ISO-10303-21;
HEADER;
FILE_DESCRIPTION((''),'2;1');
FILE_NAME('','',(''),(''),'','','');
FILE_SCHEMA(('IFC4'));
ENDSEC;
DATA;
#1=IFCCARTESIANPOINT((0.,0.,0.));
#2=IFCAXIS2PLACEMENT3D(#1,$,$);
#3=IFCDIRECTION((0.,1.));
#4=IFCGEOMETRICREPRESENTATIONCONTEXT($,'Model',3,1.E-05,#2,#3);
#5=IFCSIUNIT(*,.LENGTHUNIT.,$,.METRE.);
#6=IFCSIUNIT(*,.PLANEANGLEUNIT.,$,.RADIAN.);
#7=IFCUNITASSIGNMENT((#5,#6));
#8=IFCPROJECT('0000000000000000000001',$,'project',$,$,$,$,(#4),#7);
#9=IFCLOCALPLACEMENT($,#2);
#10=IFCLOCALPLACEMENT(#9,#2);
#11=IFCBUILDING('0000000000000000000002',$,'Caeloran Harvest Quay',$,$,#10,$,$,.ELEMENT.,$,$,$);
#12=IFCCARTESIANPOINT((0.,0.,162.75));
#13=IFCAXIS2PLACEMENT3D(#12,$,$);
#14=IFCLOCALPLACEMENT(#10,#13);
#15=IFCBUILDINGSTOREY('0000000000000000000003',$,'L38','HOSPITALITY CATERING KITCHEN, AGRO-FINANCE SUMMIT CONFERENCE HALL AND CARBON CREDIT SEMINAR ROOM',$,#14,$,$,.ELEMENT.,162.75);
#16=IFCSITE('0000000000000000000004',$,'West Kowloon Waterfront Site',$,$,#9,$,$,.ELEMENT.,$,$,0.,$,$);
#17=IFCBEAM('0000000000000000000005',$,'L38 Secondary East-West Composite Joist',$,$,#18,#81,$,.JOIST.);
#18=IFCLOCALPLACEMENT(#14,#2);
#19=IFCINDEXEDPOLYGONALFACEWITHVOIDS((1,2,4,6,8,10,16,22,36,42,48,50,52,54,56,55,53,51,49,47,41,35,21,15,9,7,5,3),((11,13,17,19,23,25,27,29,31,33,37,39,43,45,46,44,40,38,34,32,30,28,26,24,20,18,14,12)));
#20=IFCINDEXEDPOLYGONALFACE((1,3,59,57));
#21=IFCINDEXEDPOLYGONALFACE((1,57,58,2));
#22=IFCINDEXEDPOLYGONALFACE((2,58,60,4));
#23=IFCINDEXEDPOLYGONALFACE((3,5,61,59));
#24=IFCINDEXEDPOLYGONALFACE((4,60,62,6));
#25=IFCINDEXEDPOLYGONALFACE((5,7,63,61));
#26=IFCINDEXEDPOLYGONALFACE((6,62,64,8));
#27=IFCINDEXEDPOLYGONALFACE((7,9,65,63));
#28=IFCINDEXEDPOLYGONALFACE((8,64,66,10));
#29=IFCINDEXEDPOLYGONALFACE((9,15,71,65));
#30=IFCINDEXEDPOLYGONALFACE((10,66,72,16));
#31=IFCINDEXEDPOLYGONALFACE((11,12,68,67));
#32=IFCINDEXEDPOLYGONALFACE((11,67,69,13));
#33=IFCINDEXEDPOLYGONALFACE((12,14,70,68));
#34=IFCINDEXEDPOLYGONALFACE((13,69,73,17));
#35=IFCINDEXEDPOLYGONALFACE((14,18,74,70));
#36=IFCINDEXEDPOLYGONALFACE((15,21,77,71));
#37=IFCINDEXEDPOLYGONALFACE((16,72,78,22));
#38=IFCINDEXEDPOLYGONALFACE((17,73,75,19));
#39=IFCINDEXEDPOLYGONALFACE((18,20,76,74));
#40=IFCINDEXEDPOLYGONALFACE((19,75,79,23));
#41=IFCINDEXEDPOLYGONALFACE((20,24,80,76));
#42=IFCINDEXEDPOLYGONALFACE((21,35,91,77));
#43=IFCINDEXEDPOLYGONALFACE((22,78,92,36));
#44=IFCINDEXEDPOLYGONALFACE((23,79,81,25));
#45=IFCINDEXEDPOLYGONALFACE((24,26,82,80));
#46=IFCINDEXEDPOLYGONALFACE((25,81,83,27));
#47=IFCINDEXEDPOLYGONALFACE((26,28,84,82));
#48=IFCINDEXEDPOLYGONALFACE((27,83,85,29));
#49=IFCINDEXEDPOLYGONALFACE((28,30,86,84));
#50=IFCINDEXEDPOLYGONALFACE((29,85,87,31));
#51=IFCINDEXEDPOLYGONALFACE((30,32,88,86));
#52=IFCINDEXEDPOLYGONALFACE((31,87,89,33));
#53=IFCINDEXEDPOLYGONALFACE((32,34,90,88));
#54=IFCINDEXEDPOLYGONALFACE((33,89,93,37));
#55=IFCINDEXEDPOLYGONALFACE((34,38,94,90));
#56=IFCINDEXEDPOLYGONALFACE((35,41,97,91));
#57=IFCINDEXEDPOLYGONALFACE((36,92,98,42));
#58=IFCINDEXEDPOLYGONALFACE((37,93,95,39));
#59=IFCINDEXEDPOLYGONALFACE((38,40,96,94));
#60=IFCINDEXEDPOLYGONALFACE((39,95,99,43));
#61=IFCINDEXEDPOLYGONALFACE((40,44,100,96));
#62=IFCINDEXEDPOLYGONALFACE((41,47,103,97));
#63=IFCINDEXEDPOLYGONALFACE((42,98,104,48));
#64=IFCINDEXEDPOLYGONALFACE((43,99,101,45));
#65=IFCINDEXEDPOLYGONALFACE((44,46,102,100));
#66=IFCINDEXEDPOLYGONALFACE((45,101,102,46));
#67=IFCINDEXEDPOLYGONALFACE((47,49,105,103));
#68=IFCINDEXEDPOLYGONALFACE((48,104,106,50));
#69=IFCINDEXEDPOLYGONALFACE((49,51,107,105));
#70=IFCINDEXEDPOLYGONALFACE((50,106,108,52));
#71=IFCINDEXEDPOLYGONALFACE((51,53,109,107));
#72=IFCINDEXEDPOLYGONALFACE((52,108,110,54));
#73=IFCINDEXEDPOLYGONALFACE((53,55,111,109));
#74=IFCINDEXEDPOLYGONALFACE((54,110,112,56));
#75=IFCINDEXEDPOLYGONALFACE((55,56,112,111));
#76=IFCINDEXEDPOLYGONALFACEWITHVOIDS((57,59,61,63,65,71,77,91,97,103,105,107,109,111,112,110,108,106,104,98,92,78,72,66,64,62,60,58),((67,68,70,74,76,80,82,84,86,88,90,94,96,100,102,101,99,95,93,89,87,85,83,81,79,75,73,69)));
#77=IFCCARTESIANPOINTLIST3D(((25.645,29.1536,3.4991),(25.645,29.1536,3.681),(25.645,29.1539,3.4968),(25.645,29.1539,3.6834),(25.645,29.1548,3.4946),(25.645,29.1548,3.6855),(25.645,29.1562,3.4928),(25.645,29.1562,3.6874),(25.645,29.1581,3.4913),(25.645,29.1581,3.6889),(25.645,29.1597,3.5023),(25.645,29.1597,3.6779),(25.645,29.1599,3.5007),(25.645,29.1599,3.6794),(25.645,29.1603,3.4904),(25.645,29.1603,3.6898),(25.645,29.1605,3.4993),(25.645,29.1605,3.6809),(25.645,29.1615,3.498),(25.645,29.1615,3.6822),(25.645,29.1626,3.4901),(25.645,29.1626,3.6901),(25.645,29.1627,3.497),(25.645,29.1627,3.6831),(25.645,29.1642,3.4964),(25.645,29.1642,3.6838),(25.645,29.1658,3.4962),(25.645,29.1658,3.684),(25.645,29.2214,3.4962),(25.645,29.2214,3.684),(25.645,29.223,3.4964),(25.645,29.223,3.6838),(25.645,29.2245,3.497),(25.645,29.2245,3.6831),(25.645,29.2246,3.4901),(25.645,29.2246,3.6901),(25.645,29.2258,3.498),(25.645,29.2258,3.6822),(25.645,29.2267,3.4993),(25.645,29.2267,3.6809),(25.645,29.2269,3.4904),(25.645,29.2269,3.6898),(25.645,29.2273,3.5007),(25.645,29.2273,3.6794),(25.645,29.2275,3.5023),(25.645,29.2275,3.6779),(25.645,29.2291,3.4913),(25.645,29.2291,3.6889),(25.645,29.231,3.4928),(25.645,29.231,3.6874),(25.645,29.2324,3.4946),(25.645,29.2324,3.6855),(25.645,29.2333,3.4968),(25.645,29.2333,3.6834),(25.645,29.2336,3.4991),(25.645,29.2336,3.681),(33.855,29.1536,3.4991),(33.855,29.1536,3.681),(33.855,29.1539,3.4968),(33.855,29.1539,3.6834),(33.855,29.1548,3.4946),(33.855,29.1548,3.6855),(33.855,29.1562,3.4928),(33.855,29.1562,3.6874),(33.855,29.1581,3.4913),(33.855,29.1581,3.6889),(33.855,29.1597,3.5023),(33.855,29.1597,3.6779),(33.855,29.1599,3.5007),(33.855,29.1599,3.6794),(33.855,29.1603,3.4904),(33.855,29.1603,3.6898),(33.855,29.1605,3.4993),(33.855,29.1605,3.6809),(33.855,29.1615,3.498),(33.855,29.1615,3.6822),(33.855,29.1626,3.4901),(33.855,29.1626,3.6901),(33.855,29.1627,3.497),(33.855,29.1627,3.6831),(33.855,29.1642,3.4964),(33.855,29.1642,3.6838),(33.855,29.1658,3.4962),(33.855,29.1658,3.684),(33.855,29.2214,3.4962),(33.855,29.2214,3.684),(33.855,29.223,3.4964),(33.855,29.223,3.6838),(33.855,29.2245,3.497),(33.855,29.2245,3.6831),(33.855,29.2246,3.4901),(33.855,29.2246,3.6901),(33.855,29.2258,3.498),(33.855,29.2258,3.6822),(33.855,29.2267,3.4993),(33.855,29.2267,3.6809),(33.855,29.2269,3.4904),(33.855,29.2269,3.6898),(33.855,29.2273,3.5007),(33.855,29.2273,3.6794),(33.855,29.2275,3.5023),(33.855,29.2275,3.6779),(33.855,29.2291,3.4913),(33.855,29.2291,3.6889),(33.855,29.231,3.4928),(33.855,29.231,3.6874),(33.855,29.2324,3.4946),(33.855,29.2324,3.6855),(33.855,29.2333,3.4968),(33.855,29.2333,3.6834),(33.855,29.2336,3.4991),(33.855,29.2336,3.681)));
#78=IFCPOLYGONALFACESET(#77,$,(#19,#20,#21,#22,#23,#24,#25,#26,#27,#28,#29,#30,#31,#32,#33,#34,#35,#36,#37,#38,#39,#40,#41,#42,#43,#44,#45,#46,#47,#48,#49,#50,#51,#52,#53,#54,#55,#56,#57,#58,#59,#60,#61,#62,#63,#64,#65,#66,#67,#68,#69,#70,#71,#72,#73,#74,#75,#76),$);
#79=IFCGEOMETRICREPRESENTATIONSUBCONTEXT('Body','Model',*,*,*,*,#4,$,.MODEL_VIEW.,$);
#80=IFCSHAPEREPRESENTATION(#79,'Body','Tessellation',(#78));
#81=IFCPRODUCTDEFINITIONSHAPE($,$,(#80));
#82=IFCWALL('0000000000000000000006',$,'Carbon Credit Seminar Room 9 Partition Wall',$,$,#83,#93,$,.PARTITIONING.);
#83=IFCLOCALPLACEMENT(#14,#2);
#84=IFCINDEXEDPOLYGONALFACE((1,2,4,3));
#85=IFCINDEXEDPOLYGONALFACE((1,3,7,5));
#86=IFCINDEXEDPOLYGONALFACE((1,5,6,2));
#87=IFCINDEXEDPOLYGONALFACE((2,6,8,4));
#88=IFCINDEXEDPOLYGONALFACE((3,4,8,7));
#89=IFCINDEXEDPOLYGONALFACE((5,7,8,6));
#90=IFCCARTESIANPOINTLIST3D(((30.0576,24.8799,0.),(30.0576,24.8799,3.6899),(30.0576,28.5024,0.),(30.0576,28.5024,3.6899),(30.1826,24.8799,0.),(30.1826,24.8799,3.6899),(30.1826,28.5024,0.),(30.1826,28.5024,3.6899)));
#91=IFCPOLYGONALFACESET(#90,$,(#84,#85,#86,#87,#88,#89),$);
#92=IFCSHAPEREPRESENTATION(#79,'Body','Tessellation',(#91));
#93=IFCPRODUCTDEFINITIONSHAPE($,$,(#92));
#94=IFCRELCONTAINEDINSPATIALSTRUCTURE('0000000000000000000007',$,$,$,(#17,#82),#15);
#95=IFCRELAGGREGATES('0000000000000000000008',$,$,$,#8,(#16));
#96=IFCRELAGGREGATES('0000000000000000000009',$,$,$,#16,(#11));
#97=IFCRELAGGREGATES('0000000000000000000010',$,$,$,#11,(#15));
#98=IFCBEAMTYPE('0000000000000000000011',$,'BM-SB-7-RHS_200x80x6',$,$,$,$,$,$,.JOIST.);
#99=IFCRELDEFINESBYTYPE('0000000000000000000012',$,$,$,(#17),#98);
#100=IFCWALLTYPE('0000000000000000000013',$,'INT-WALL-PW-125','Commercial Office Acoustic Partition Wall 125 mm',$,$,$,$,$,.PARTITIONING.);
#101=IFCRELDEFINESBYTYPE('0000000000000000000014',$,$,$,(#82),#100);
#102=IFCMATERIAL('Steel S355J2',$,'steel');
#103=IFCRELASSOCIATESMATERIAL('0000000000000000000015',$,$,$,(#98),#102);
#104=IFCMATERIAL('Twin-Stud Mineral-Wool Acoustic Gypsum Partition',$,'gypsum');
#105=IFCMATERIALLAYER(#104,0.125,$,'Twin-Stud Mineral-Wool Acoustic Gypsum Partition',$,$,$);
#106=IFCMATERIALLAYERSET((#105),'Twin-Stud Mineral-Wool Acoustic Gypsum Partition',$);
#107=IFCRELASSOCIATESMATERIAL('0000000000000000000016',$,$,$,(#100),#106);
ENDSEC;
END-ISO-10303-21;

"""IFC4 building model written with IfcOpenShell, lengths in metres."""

from ifc_helpers import new_model, si_unit, direction, frame, frame_2d, origin, origin_2d, place, context, subcontext, project, spatial, rectangle, hollow_rectangle, extrude, material, layer, layer_set, material_profile, profile_set, type_object, element, save


model = new_model("IFC4")

# Units and contexts
model_context = context("Model", 3, precision=1e-05, world=origin(), true_north=direction((0.0, 1.0)))
body_context = subcontext(model_context, "Body", "Model", "MODEL_VIEW")
ifc_project = project(units=[si_unit("LENGTHUNIT", "METRE"), si_unit("PLANEANGLEUNIT", "RADIAN")], contexts=[model_context])

# Site, building, storey
site_placement = place(None, origin())
site = spatial("IfcSite", under=ifc_project, at=site_placement, Name="West Kowloon Waterfront Site", CompositionType="ELEMENT", RefElevation=0.0)
building_placement = place(site_placement, origin())
building = spatial("IfcBuilding", under=site, at=building_placement, Name="Caeloran Harvest Quay", CompositionType="ELEMENT")
storey_placement = place(building_placement, frame((0.0, 0.0, 162.75)))
storey = spatial("IfcBuildingStorey", under=building, at=storey_placement, Name="L38", Description="HOSPITALITY CATERING KITCHEN, AGRO-FINANCE SUMMIT CONFERENCE HALL AND CARBON CREDIT SEMINAR ROOM", CompositionType="ELEMENT", Elevation=162.75)

# Beam
ifc_material_1 = material(Name="Steel S355J2", Category="steel")
ifc_material_profile_1 = material_profile(ifc_material_1, hollow_rectangle(XDim=0.0801, YDim=0.2, WallThickness=0.0061, InnerFilletRadius=0.0061, OuterFilletRadius=0.009, at=origin_2d()), Name="RHS 200x80x6")
ifc_profile_set_1 = profile_set([ifc_material_profile_1], Name="Steel S355J2")
beam_type_1 = type_object("IfcBeamType", Name="BM-SB-7-RHS_200x80x6", PredefinedType="JOIST", material=ifc_profile_set_1)
for number, where, z_axis, x_axis, name in (
    (1, (25.645, 29.1936, 3.5901), (1.0, 0.0, 0.0), (0.0, 1.0, 0.0), "L38 Secondary East-West Composite Joist"),
):
    element("IfcBeam", number, at=place(storey_placement, frame(where, z_axis=z_axis, x_axis=x_axis)), inside=storey, type_object=beam_type_1, Name=name, PredefinedType="JOIST", context=body_context, shape_type="SweptSolid", body=[
        extrude(hollow_rectangle(XDim=0.0801, YDim=0.2, WallThickness=0.0061, InnerFilletRadius=0.0061, OuterFilletRadius=0.009, at=origin_2d()), origin(), (0.0, 0.0, 1.0), 8.21),
    ])

# Wall
ifc_material_2 = material(Name="Twin-Stud Mineral-Wool Acoustic Gypsum Partition", Category="gypsum")
ifc_layer = layer(ifc_material_2, 0.125, Name="Twin-Stud Mineral-Wool Acoustic Gypsum Partition")
ifc_layer_set = layer_set([ifc_layer], Name="Twin-Stud Mineral-Wool Acoustic Gypsum Partition")
wall_type = type_object("IfcWallType", Name="INT-WALL-PW-125", Description="Commercial Office Acoustic Partition Wall 125 mm", PredefinedType="PARTITIONING", material=ifc_layer_set)
wall_1_placement = place(storey_placement, frame((30.1201, 28.5024, 0.0), z_axis=(0.0, 0.0, 1.0), x_axis=(0.0, -1.0, 0.0)))
element("IfcWall", 2, at=wall_1_placement, inside=storey, type_object=wall_type, Name="Carbon Credit Seminar Room 9 Partition Wall", PredefinedType="PARTITIONING", context=body_context, shape_type="SweptSolid", body=[
    extrude(rectangle(XDim=3.6226, YDim=0.125, at=frame_2d((1.8113, 0.0))), origin(), (0.0, 0.0, 1.0), 3.6899),
])

save(model, "model.ifc")
